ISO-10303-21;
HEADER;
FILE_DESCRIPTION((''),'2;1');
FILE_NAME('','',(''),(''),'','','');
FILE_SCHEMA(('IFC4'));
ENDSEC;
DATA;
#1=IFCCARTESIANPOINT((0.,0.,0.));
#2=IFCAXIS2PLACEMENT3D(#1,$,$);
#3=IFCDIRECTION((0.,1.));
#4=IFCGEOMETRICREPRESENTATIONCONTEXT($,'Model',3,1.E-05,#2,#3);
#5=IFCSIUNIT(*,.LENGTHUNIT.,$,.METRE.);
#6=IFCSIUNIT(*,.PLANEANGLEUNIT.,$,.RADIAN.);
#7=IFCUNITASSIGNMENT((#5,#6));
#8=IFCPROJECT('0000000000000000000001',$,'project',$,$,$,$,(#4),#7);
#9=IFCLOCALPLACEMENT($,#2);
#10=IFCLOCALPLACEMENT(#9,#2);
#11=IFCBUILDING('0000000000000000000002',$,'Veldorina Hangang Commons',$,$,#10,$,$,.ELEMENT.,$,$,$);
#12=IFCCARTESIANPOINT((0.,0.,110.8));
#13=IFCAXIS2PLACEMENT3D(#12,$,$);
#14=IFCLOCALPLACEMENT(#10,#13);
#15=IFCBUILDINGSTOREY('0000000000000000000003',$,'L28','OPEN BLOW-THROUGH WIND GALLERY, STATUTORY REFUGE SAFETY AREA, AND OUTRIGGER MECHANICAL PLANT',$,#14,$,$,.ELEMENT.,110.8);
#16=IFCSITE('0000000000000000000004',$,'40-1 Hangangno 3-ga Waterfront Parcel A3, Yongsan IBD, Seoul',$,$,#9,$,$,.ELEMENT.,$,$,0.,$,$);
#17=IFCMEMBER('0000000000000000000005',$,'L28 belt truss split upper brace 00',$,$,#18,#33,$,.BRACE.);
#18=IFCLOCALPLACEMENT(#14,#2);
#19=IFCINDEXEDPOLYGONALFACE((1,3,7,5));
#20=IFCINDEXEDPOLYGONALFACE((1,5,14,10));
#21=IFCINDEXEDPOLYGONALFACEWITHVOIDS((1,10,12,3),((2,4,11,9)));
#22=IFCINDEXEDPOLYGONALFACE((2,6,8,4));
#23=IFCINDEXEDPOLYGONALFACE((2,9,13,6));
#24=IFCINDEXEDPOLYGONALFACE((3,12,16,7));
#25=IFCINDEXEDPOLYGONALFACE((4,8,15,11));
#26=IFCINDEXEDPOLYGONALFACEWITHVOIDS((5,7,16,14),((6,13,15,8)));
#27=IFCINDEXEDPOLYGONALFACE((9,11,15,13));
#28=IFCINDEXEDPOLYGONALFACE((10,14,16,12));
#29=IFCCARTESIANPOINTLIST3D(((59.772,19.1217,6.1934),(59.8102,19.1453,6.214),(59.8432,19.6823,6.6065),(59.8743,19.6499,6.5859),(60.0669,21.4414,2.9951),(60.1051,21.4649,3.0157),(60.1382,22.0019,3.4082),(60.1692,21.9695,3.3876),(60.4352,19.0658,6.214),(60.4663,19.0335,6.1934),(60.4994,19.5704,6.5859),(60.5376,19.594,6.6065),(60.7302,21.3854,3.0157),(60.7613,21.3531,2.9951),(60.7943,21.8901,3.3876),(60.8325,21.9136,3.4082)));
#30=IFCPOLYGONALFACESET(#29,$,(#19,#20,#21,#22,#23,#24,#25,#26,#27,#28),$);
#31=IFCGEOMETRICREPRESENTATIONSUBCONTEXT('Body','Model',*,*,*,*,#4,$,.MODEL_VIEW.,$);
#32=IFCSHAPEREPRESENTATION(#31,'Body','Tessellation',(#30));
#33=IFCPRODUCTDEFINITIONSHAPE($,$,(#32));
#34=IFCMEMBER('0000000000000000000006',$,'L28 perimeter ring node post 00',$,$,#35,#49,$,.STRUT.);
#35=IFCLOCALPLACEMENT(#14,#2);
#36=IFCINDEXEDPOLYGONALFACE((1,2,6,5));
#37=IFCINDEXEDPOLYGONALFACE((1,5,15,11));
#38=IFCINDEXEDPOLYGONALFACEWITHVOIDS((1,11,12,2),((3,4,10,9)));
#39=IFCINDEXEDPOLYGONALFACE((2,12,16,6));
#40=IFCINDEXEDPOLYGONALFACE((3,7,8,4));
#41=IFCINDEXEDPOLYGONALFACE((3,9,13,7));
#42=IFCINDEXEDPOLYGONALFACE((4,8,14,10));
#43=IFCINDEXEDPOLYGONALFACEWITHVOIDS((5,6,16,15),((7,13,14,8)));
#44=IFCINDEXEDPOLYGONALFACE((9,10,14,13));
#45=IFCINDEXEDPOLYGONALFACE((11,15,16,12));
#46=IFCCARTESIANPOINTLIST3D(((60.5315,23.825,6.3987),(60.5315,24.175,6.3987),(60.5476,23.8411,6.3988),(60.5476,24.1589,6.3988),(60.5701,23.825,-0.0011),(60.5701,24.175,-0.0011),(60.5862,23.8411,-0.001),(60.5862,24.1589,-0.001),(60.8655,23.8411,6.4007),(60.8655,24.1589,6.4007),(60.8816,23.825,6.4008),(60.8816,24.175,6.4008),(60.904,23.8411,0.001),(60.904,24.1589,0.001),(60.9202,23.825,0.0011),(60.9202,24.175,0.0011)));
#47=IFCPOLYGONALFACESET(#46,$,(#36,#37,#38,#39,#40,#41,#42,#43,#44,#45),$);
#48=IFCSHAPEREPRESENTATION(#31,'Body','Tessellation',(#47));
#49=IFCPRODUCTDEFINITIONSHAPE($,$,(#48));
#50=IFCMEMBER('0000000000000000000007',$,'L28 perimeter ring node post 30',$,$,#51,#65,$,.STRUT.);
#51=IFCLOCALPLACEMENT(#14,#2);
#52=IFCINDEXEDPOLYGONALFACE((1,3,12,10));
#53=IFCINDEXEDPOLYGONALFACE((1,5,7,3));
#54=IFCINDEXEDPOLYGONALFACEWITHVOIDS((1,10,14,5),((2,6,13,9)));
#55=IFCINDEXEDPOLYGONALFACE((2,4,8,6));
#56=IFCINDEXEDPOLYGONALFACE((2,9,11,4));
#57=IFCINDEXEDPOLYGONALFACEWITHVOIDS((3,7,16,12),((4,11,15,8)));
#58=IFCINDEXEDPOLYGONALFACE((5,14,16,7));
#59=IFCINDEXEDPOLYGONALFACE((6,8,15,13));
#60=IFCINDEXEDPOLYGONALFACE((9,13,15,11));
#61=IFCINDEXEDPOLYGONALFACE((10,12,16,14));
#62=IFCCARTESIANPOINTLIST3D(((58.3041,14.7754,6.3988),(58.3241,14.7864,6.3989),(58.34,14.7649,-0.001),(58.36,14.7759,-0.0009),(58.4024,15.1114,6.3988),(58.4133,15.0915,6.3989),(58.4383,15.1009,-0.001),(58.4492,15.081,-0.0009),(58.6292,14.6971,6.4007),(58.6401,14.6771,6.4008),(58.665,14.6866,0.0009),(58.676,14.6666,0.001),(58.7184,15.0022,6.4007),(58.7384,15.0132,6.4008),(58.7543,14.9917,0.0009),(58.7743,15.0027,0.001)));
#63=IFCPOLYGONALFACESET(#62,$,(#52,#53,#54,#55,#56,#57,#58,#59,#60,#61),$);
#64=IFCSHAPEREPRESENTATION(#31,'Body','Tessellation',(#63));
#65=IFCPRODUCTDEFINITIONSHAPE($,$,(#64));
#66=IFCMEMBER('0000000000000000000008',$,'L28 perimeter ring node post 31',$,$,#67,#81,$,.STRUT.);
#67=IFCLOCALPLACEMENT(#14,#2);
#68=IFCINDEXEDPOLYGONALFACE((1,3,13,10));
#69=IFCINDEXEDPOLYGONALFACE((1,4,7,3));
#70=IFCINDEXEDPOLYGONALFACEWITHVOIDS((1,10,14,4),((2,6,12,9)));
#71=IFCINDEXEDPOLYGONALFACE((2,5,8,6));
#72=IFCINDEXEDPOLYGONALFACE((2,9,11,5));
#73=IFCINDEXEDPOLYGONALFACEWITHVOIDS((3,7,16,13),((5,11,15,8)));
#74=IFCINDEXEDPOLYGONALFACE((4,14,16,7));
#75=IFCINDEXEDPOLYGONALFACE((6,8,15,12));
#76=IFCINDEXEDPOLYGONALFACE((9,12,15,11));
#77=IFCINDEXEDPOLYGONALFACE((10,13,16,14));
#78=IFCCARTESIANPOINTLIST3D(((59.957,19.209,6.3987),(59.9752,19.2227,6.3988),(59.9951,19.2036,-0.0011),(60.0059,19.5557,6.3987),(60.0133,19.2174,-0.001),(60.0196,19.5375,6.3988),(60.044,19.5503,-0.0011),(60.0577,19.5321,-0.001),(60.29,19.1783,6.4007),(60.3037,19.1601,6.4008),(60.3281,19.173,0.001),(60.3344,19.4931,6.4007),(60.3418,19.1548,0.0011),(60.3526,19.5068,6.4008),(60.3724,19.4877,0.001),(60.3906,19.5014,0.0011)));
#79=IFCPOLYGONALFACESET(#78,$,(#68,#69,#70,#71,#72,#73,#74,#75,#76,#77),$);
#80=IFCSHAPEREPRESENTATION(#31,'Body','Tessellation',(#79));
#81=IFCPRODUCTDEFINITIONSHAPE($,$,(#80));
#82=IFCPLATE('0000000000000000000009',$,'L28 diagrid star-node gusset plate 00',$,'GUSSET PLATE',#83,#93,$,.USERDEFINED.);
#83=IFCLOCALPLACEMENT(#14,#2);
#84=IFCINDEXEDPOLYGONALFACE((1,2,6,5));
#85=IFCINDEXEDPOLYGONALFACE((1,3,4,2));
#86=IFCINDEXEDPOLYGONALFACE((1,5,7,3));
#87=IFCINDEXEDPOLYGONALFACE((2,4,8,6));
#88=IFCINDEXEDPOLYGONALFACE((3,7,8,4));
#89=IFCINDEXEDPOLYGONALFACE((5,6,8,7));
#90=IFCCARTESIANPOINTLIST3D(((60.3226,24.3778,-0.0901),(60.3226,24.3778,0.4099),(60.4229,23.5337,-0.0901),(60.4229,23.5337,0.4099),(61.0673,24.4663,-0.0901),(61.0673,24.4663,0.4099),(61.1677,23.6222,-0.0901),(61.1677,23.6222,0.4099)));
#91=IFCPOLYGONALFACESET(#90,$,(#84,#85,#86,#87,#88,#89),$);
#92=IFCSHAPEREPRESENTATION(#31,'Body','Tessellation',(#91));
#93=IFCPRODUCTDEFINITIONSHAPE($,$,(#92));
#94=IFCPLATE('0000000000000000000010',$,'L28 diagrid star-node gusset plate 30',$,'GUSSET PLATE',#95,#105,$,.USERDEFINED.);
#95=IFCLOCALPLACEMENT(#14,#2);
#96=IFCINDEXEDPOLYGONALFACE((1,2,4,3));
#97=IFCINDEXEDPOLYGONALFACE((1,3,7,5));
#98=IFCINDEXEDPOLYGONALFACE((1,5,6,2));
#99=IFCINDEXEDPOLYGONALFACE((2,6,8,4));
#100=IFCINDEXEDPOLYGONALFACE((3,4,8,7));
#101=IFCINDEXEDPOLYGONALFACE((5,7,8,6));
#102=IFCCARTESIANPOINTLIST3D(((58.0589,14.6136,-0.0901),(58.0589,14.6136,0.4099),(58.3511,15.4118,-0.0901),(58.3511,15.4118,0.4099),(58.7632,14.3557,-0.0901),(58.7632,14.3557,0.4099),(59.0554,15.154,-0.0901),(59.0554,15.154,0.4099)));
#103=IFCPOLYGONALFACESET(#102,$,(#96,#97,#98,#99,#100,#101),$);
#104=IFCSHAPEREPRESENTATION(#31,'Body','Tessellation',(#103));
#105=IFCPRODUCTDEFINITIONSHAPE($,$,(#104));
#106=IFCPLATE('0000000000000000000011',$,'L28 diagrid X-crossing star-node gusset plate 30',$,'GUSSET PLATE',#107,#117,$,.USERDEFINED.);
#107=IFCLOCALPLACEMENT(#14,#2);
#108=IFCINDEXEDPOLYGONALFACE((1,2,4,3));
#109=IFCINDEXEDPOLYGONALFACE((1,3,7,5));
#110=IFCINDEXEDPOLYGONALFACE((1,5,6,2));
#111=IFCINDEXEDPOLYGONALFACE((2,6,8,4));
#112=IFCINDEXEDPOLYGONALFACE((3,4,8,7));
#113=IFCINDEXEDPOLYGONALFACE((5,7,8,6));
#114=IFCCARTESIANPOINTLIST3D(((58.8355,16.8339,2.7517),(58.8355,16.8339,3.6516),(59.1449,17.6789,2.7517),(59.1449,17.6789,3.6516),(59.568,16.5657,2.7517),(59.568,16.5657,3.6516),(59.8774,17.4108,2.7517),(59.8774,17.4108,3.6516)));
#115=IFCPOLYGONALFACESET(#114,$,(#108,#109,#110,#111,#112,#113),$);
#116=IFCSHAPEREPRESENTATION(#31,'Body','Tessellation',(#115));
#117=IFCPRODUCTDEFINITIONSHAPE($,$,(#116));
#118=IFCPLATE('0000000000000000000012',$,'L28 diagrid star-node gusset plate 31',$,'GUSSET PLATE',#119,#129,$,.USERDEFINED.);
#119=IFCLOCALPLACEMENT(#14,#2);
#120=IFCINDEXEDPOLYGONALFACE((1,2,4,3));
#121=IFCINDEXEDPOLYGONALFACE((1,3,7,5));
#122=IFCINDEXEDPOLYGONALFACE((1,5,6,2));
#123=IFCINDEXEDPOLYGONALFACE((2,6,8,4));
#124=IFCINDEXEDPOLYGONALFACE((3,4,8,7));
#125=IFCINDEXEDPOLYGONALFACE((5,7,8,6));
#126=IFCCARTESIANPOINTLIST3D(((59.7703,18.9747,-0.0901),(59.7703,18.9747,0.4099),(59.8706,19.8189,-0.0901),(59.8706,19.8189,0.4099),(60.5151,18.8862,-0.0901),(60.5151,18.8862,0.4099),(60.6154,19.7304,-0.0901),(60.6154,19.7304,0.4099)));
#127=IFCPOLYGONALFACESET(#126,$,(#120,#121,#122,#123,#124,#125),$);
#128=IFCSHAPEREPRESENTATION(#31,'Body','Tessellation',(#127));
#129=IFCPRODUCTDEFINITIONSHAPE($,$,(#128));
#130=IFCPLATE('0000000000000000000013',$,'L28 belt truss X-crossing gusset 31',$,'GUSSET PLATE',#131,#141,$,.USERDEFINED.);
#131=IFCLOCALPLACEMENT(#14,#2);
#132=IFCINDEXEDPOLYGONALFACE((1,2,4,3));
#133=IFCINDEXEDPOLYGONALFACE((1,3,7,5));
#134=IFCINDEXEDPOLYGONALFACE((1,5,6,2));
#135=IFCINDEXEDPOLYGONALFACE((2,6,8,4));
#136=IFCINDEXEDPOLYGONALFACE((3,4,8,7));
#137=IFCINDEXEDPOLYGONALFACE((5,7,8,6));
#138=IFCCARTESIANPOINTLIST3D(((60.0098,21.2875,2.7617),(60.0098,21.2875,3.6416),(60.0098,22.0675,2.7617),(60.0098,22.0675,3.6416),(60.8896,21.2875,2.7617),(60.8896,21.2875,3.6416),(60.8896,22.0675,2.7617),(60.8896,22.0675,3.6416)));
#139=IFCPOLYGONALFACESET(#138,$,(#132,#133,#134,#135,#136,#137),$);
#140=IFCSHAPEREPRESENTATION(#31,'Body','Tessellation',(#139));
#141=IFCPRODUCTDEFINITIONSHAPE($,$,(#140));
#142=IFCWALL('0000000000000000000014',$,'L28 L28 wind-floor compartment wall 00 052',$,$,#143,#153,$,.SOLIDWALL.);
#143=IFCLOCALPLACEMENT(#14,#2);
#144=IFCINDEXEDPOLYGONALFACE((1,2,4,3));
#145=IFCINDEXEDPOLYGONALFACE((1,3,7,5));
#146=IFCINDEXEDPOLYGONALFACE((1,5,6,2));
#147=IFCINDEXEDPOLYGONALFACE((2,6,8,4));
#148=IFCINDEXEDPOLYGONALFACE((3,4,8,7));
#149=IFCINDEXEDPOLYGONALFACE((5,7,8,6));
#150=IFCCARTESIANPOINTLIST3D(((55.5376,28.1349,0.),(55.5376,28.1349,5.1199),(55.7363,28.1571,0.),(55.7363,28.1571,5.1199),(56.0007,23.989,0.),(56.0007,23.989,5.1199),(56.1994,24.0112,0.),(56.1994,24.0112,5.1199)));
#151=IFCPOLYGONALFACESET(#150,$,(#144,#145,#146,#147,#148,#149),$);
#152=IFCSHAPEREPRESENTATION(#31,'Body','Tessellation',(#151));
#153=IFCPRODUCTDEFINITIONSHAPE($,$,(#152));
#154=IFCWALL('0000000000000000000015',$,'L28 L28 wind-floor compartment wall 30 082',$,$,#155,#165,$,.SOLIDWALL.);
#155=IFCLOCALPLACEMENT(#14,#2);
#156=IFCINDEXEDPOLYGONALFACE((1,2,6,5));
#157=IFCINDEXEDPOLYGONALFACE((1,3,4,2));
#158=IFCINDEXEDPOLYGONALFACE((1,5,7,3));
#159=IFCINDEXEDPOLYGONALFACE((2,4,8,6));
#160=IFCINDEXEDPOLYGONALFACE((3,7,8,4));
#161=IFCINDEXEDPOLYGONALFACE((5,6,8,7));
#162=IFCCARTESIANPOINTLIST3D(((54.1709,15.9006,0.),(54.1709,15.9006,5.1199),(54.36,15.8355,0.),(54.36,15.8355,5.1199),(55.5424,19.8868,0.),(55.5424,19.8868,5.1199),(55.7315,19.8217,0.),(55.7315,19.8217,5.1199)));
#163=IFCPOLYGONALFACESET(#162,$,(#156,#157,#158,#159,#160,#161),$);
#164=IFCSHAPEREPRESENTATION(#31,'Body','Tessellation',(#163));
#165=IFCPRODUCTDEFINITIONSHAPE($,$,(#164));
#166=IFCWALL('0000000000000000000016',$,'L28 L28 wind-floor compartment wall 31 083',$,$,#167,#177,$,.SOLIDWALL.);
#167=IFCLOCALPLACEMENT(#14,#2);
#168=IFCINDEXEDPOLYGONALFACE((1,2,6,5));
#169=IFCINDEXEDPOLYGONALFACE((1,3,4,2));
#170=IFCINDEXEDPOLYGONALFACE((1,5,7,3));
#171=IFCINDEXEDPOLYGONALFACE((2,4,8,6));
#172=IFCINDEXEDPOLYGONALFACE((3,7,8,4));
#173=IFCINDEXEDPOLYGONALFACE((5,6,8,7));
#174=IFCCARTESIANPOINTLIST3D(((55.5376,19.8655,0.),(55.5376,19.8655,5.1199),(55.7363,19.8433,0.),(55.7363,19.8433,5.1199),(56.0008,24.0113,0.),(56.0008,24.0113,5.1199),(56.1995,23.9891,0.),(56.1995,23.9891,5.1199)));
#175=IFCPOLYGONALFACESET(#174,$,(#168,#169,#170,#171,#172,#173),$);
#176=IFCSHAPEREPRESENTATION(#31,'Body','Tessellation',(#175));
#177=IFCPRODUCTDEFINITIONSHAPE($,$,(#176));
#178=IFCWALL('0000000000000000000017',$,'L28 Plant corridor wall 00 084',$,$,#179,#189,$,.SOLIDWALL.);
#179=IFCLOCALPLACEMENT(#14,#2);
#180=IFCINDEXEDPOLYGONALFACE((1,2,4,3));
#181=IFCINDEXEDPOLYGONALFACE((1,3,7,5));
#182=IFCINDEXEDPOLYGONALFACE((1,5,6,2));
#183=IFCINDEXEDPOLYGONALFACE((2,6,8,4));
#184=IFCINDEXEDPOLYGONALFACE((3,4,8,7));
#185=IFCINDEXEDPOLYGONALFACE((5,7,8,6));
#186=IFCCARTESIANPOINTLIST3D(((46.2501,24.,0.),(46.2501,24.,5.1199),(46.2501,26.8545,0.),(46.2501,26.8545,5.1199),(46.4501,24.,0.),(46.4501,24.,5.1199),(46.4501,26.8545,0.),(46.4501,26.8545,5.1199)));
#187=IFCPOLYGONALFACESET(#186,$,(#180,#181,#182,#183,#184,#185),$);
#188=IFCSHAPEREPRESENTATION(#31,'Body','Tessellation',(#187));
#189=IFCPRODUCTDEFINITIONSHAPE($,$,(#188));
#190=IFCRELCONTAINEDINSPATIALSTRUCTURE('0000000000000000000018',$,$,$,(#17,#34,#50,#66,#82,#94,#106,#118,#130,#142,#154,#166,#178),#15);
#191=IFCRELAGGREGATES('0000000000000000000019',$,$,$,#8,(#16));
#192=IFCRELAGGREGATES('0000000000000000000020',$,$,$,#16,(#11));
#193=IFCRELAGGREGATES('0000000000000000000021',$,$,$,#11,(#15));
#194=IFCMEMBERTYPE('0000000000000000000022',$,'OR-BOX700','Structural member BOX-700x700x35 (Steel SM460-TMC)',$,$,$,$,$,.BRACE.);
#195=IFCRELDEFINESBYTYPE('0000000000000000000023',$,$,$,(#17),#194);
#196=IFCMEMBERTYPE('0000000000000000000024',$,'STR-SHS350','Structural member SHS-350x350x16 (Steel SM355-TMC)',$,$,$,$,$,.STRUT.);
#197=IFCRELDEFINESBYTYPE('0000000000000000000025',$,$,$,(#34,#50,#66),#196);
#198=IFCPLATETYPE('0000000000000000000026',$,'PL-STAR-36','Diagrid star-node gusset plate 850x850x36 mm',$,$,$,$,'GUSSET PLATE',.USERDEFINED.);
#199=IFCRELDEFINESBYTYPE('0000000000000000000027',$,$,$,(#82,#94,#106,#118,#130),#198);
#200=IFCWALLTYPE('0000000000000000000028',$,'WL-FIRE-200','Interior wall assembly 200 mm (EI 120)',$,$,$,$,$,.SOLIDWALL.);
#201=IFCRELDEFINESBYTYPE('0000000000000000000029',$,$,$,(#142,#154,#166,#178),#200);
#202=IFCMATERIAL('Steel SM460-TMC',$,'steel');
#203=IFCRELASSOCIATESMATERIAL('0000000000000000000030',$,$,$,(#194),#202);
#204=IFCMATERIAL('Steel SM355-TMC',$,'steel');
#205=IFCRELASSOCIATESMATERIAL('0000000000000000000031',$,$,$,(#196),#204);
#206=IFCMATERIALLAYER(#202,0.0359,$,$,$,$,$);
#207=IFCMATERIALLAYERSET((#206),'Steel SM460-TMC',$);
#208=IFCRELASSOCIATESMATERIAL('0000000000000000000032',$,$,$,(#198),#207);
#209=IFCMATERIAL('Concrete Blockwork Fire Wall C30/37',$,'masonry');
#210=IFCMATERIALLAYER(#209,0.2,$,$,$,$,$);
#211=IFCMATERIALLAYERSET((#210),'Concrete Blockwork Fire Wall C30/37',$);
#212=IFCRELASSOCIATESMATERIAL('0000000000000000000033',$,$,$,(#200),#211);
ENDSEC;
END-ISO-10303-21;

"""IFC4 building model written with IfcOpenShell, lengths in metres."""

from ifc_helpers import new_model, si_unit, direction, frame, frame_2d, origin, origin_2d, place, context, subcontext, project, spatial, rectangle, hollow_rectangle, extrude, material, layer, layer_set, material_profile, profile_set, type_object, element, save


model = new_model("IFC4")

# Units and contexts
model_context = context("Model", 3, precision=1e-05, world=origin(), true_north=direction((0.0, 1.0)))
body_context = subcontext(model_context, "Body", "Model", "MODEL_VIEW")
ifc_project = project(units=[si_unit("LENGTHUNIT", "METRE"), si_unit("PLANEANGLEUNIT", "RADIAN")], contexts=[model_context])

# Site, building, storey
site_placement = place(None, origin())
site = spatial("IfcSite", under=ifc_project, at=site_placement, Name="40-1 Hangangno 3-ga Waterfront Parcel A3, Yongsan IBD, Seoul", CompositionType="ELEMENT", RefElevation=0.0)
building_placement = place(site_placement, origin())
building = spatial("IfcBuilding", under=site, at=building_placement, Name="Veldorina Hangang Commons", CompositionType="ELEMENT")
storey_placement = place(building_placement, frame((0.0, 0.0, 110.8)))
storey = spatial("IfcBuildingStorey", under=building, at=storey_placement, Name="L28", Description="OPEN BLOW-THROUGH WIND GALLERY, STATUTORY REFUGE SAFETY AREA, AND OUTRIGGER MECHANICAL PLANT", CompositionType="ELEMENT", Elevation=110.8)

# Shared definitions
ifc_material_1 = material(Name="Steel SM460-TMC", Category="steel")
ifc_material_2 = material(Name="Steel SM355-TMC", Category="steel")

# Members
ifc_material_profile_1 = material_profile(ifc_material_1, hollow_rectangle(XDim=0.7, YDim=0.7, WallThickness=0.0349, at=origin_2d()), Name="BOX-700x700x35")
ifc_profile_set_1 = profile_set([ifc_material_profile_1], Name="Steel SM460-TMC")
member_type_1 = type_object("IfcMemberType", Name="OR-BOX700", Description="Structural member BOX-700x700x35 (Steel SM460-TMC)", PredefinedType="BRACE", material=ifc_profile_set_1)
member_1_placement = place(storey_placement, frame((60.4497, 21.6775, 3.2017), z_axis=(-0.074441, -0.58548, 0.807262), x_axis=(0.992014, -0.126129, 0.0)))
element("IfcMember", 1, at=member_1_placement, inside=storey, type_object=member_type_1, Name="L28 belt truss split upper brace 00", PredefinedType="BRACE", context=body_context, shape_type="SweptSolid", body=[
    extrude(hollow_rectangle(XDim=0.7, YDim=0.7, WallThickness=0.0349, at=origin_2d()), origin(), (0.0, 0.0, 1.0), 3.9619),
])
ifc_material_profile_2 = material_profile(ifc_material_2, hollow_rectangle(XDim=0.3501, YDim=0.3501, WallThickness=0.0161, at=origin_2d()), Name="SHS-350x350x16")
ifc_profile_set_2 = profile_set([ifc_material_profile_2], Name="Steel SM355-TMC")
member_type_2 = type_object("IfcMemberType", Name="STR-SHS350", Description="Structural member SHS-350x350x16 (Steel SM355-TMC)", PredefinedType="STRUT", material=ifc_profile_set_2)
for number, where, z_axis, x_axis, name in (
    (2, (60.7451, 24.0, 0.0), (-0.006027, 0.0, 0.999982), (0.0, -1.0, 0.0), "L28 perimeter ring node post 00"),
    (3, (58.5571, 14.8838, 0.0), (-0.005608, 0.00164, 0.999983), (-0.280752, -0.95978, 0.0), "L28 perimeter ring node post 30"),
    (4, (60.1929, 19.3525, 0.0), (-0.005951, 0.000839, 0.999982), (-0.139644, -0.990202, 0.0), "L28 perimeter ring node post 31"),
):
    element("IfcMember", number, at=place(storey_placement, frame(where, z_axis=z_axis, x_axis=x_axis)), inside=storey, type_object=member_type_2, Name=name, PredefinedType="STRUT", context=body_context, shape_type="SweptSolid", body=[
        extrude(hollow_rectangle(XDim=0.3501, YDim=0.3501, WallThickness=0.0161, at=origin_2d()), origin(), (0.0, 0.0, 1.0), 6.3999),
    ])

# Plates
ifc_layer_1 = layer(ifc_material_1, 0.0359)
ifc_layer_set_1 = layer_set([ifc_layer_1], Name="Steel SM460-TMC")
plate_type = type_object("IfcPlateType", Name="PL-STAR-36", Description="Diagrid star-node gusset plate 850x850x36 mm", ElementType="GUSSET PLATE", PredefinedType="USERDEFINED", material=ifc_layer_set_1)
for number, where, z_axis, x_axis, name in (
    (5, (60.7451, 24.0, -0.0901), (0.0, 0.0, 1.0), (-0.118005, 0.993013, 0.0), "L28 diagrid star-node gusset plate 00"),
    (6, (58.5571, 14.8838, -0.0901), (0.0, 0.0, 1.0), (0.343758, 0.939058, 0.0), "L28 diagrid star-node gusset plate 30"),
):
    element("IfcPlate", number, at=place(storey_placement, frame(where, z_axis=z_axis, x_axis=x_axis)), inside=storey, type_object=plate_type, Name=name, ObjectType="GUSSET PLATE", PredefinedType="USERDEFINED", context=body_context, shape_type="SweptSolid", body=[
        extrude(rectangle(XDim=0.8501, YDim=0.75, at=origin_2d()), origin(), (0.0, 0.0, 1.0), 0.5),
    ])
plate_1_placement = place(storey_placement, frame((59.3564, 17.1223, 2.7517), z_axis=(0.0, 0.0, 1.0), x_axis=(0.343758, 0.939058, 0.0)))
element("IfcPlate", 7, at=plate_1_placement, inside=storey, type_object=plate_type, Name="L28 diagrid X-crossing star-node gusset plate 30", ObjectType="GUSSET PLATE", PredefinedType="USERDEFINED", context=body_context, shape_type="SweptSolid", body=[
    extrude(rectangle(XDim=0.8999, YDim=0.78, at=origin_2d()), origin(), (0.0, 0.0, 1.0), 0.8999),
])
plate_2_placement = place(storey_placement, frame((60.1929, 19.3525, -0.0901), z_axis=(0.0, 0.0, 1.0), x_axis=(0.118005, 0.993013, 0.0)))
element("IfcPlate", 8, at=plate_2_placement, inside=storey, type_object=plate_type, Name="L28 diagrid star-node gusset plate 31", ObjectType="GUSSET PLATE", PredefinedType="USERDEFINED", context=body_context, shape_type="SweptSolid", body=[
    extrude(rectangle(XDim=0.8501, YDim=0.75, at=origin_2d()), origin(), (0.0, 0.0, 1.0), 0.5),
])
plate_3_placement = place(storey_placement, frame((60.4497, 21.6775, 2.7617), z_axis=(0.0, 0.0, 1.0), x_axis=(1.0, 0.0, 0.0)))
element("IfcPlate", 9, at=plate_3_placement, inside=storey, type_object=plate_type, Name="L28 belt truss X-crossing gusset 31", ObjectType="GUSSET PLATE", PredefinedType="USERDEFINED", context=body_context, shape_type="SweptSolid", body=[
    extrude(rectangle(XDim=0.8799, YDim=0.78, at=origin_2d()), origin(), (0.0, 0.0, 1.0), 0.8799),
])

# Walls
ifc_material_3 = material(Name="Concrete Blockwork Fire Wall C30/37", Category="masonry")
ifc_layer_2 = layer(ifc_material_3, 0.2)
ifc_layer_set_2 = layer_set([ifc_layer_2], Name="Concrete Blockwork Fire Wall C30/37")
wall_type = type_object("IfcWallType", Name="WL-FIRE-200", Description="Interior wall assembly 200 mm (EI 120)", PredefinedType="SOLIDWALL", material=ifc_layer_set_2)
wall_1_placement = place(storey_placement, frame((56.1001, 24.0, 0.0), z_axis=(0.0, 0.0, 1.0), x_axis=(-0.111022, 0.993818, 0.0)))
element("IfcWall", 10, at=wall_1_placement, inside=storey, type_object=wall_type, Name="L28 L28 wind-floor compartment wall 00 052", PredefinedType="SOLIDWALL", context=body_context, shape_type="SweptSolid", body=[
    extrude(rectangle(XDim=4.1716, YDim=0.2, at=frame_2d((2.0859, 0.0))), origin(), (0.0, 0.0, 1.0), 5.1199),
])
wall_2_placement = place(storey_placement, frame((54.2654, 15.8679, 0.0), z_axis=(0.0, 0.0, 1.0), x_axis=(0.325352, 0.945593, 0.0)))
element("IfcWall", 11, at=wall_2_placement, inside=storey, type_object=wall_type, Name="L28 L28 wind-floor compartment wall 30 082", PredefinedType="SOLIDWALL", context=body_context, shape_type="SweptSolid", body=[
    extrude(rectangle(XDim=4.2156, YDim=0.2, at=frame_2d((2.1079, 0.0))), origin(), (0.0, 0.0, 1.0), 5.1199),
])
wall_3_placement = place(storey_placement, frame((55.637, 19.8542, 0.0), z_axis=(0.0, 0.0, 1.0), x_axis=(0.111022, 0.993818, 0.0)))
element("IfcWall", 12, at=wall_3_placement, inside=storey, type_object=wall_type, Name="L28 L28 wind-floor compartment wall 31 083", PredefinedType="SOLIDWALL", context=body_context, shape_type="SweptSolid", body=[
    extrude(rectangle(XDim=4.1716, YDim=0.2, at=frame_2d((2.0859, 0.0))), origin(), (0.0, 0.0, 1.0), 5.1199),
])
wall_4_placement = place(storey_placement, frame((46.3501, 24.0, 0.0), z_axis=(0.0, 0.0, 1.0), x_axis=(0.0, 1.0, 0.0)))
element("IfcWall", 13, at=wall_4_placement, inside=storey, type_object=wall_type, Name="L28 Plant corridor wall 00 084", PredefinedType="SOLIDWALL", context=body_context, shape_type="SweptSolid", body=[
    extrude(rectangle(XDim=2.8545, YDim=0.2, at=frame_2d((1.4272, 0.0))), origin(), (0.0, 0.0, 1.0), 5.1199),
])

save(model, "model.ifc")
